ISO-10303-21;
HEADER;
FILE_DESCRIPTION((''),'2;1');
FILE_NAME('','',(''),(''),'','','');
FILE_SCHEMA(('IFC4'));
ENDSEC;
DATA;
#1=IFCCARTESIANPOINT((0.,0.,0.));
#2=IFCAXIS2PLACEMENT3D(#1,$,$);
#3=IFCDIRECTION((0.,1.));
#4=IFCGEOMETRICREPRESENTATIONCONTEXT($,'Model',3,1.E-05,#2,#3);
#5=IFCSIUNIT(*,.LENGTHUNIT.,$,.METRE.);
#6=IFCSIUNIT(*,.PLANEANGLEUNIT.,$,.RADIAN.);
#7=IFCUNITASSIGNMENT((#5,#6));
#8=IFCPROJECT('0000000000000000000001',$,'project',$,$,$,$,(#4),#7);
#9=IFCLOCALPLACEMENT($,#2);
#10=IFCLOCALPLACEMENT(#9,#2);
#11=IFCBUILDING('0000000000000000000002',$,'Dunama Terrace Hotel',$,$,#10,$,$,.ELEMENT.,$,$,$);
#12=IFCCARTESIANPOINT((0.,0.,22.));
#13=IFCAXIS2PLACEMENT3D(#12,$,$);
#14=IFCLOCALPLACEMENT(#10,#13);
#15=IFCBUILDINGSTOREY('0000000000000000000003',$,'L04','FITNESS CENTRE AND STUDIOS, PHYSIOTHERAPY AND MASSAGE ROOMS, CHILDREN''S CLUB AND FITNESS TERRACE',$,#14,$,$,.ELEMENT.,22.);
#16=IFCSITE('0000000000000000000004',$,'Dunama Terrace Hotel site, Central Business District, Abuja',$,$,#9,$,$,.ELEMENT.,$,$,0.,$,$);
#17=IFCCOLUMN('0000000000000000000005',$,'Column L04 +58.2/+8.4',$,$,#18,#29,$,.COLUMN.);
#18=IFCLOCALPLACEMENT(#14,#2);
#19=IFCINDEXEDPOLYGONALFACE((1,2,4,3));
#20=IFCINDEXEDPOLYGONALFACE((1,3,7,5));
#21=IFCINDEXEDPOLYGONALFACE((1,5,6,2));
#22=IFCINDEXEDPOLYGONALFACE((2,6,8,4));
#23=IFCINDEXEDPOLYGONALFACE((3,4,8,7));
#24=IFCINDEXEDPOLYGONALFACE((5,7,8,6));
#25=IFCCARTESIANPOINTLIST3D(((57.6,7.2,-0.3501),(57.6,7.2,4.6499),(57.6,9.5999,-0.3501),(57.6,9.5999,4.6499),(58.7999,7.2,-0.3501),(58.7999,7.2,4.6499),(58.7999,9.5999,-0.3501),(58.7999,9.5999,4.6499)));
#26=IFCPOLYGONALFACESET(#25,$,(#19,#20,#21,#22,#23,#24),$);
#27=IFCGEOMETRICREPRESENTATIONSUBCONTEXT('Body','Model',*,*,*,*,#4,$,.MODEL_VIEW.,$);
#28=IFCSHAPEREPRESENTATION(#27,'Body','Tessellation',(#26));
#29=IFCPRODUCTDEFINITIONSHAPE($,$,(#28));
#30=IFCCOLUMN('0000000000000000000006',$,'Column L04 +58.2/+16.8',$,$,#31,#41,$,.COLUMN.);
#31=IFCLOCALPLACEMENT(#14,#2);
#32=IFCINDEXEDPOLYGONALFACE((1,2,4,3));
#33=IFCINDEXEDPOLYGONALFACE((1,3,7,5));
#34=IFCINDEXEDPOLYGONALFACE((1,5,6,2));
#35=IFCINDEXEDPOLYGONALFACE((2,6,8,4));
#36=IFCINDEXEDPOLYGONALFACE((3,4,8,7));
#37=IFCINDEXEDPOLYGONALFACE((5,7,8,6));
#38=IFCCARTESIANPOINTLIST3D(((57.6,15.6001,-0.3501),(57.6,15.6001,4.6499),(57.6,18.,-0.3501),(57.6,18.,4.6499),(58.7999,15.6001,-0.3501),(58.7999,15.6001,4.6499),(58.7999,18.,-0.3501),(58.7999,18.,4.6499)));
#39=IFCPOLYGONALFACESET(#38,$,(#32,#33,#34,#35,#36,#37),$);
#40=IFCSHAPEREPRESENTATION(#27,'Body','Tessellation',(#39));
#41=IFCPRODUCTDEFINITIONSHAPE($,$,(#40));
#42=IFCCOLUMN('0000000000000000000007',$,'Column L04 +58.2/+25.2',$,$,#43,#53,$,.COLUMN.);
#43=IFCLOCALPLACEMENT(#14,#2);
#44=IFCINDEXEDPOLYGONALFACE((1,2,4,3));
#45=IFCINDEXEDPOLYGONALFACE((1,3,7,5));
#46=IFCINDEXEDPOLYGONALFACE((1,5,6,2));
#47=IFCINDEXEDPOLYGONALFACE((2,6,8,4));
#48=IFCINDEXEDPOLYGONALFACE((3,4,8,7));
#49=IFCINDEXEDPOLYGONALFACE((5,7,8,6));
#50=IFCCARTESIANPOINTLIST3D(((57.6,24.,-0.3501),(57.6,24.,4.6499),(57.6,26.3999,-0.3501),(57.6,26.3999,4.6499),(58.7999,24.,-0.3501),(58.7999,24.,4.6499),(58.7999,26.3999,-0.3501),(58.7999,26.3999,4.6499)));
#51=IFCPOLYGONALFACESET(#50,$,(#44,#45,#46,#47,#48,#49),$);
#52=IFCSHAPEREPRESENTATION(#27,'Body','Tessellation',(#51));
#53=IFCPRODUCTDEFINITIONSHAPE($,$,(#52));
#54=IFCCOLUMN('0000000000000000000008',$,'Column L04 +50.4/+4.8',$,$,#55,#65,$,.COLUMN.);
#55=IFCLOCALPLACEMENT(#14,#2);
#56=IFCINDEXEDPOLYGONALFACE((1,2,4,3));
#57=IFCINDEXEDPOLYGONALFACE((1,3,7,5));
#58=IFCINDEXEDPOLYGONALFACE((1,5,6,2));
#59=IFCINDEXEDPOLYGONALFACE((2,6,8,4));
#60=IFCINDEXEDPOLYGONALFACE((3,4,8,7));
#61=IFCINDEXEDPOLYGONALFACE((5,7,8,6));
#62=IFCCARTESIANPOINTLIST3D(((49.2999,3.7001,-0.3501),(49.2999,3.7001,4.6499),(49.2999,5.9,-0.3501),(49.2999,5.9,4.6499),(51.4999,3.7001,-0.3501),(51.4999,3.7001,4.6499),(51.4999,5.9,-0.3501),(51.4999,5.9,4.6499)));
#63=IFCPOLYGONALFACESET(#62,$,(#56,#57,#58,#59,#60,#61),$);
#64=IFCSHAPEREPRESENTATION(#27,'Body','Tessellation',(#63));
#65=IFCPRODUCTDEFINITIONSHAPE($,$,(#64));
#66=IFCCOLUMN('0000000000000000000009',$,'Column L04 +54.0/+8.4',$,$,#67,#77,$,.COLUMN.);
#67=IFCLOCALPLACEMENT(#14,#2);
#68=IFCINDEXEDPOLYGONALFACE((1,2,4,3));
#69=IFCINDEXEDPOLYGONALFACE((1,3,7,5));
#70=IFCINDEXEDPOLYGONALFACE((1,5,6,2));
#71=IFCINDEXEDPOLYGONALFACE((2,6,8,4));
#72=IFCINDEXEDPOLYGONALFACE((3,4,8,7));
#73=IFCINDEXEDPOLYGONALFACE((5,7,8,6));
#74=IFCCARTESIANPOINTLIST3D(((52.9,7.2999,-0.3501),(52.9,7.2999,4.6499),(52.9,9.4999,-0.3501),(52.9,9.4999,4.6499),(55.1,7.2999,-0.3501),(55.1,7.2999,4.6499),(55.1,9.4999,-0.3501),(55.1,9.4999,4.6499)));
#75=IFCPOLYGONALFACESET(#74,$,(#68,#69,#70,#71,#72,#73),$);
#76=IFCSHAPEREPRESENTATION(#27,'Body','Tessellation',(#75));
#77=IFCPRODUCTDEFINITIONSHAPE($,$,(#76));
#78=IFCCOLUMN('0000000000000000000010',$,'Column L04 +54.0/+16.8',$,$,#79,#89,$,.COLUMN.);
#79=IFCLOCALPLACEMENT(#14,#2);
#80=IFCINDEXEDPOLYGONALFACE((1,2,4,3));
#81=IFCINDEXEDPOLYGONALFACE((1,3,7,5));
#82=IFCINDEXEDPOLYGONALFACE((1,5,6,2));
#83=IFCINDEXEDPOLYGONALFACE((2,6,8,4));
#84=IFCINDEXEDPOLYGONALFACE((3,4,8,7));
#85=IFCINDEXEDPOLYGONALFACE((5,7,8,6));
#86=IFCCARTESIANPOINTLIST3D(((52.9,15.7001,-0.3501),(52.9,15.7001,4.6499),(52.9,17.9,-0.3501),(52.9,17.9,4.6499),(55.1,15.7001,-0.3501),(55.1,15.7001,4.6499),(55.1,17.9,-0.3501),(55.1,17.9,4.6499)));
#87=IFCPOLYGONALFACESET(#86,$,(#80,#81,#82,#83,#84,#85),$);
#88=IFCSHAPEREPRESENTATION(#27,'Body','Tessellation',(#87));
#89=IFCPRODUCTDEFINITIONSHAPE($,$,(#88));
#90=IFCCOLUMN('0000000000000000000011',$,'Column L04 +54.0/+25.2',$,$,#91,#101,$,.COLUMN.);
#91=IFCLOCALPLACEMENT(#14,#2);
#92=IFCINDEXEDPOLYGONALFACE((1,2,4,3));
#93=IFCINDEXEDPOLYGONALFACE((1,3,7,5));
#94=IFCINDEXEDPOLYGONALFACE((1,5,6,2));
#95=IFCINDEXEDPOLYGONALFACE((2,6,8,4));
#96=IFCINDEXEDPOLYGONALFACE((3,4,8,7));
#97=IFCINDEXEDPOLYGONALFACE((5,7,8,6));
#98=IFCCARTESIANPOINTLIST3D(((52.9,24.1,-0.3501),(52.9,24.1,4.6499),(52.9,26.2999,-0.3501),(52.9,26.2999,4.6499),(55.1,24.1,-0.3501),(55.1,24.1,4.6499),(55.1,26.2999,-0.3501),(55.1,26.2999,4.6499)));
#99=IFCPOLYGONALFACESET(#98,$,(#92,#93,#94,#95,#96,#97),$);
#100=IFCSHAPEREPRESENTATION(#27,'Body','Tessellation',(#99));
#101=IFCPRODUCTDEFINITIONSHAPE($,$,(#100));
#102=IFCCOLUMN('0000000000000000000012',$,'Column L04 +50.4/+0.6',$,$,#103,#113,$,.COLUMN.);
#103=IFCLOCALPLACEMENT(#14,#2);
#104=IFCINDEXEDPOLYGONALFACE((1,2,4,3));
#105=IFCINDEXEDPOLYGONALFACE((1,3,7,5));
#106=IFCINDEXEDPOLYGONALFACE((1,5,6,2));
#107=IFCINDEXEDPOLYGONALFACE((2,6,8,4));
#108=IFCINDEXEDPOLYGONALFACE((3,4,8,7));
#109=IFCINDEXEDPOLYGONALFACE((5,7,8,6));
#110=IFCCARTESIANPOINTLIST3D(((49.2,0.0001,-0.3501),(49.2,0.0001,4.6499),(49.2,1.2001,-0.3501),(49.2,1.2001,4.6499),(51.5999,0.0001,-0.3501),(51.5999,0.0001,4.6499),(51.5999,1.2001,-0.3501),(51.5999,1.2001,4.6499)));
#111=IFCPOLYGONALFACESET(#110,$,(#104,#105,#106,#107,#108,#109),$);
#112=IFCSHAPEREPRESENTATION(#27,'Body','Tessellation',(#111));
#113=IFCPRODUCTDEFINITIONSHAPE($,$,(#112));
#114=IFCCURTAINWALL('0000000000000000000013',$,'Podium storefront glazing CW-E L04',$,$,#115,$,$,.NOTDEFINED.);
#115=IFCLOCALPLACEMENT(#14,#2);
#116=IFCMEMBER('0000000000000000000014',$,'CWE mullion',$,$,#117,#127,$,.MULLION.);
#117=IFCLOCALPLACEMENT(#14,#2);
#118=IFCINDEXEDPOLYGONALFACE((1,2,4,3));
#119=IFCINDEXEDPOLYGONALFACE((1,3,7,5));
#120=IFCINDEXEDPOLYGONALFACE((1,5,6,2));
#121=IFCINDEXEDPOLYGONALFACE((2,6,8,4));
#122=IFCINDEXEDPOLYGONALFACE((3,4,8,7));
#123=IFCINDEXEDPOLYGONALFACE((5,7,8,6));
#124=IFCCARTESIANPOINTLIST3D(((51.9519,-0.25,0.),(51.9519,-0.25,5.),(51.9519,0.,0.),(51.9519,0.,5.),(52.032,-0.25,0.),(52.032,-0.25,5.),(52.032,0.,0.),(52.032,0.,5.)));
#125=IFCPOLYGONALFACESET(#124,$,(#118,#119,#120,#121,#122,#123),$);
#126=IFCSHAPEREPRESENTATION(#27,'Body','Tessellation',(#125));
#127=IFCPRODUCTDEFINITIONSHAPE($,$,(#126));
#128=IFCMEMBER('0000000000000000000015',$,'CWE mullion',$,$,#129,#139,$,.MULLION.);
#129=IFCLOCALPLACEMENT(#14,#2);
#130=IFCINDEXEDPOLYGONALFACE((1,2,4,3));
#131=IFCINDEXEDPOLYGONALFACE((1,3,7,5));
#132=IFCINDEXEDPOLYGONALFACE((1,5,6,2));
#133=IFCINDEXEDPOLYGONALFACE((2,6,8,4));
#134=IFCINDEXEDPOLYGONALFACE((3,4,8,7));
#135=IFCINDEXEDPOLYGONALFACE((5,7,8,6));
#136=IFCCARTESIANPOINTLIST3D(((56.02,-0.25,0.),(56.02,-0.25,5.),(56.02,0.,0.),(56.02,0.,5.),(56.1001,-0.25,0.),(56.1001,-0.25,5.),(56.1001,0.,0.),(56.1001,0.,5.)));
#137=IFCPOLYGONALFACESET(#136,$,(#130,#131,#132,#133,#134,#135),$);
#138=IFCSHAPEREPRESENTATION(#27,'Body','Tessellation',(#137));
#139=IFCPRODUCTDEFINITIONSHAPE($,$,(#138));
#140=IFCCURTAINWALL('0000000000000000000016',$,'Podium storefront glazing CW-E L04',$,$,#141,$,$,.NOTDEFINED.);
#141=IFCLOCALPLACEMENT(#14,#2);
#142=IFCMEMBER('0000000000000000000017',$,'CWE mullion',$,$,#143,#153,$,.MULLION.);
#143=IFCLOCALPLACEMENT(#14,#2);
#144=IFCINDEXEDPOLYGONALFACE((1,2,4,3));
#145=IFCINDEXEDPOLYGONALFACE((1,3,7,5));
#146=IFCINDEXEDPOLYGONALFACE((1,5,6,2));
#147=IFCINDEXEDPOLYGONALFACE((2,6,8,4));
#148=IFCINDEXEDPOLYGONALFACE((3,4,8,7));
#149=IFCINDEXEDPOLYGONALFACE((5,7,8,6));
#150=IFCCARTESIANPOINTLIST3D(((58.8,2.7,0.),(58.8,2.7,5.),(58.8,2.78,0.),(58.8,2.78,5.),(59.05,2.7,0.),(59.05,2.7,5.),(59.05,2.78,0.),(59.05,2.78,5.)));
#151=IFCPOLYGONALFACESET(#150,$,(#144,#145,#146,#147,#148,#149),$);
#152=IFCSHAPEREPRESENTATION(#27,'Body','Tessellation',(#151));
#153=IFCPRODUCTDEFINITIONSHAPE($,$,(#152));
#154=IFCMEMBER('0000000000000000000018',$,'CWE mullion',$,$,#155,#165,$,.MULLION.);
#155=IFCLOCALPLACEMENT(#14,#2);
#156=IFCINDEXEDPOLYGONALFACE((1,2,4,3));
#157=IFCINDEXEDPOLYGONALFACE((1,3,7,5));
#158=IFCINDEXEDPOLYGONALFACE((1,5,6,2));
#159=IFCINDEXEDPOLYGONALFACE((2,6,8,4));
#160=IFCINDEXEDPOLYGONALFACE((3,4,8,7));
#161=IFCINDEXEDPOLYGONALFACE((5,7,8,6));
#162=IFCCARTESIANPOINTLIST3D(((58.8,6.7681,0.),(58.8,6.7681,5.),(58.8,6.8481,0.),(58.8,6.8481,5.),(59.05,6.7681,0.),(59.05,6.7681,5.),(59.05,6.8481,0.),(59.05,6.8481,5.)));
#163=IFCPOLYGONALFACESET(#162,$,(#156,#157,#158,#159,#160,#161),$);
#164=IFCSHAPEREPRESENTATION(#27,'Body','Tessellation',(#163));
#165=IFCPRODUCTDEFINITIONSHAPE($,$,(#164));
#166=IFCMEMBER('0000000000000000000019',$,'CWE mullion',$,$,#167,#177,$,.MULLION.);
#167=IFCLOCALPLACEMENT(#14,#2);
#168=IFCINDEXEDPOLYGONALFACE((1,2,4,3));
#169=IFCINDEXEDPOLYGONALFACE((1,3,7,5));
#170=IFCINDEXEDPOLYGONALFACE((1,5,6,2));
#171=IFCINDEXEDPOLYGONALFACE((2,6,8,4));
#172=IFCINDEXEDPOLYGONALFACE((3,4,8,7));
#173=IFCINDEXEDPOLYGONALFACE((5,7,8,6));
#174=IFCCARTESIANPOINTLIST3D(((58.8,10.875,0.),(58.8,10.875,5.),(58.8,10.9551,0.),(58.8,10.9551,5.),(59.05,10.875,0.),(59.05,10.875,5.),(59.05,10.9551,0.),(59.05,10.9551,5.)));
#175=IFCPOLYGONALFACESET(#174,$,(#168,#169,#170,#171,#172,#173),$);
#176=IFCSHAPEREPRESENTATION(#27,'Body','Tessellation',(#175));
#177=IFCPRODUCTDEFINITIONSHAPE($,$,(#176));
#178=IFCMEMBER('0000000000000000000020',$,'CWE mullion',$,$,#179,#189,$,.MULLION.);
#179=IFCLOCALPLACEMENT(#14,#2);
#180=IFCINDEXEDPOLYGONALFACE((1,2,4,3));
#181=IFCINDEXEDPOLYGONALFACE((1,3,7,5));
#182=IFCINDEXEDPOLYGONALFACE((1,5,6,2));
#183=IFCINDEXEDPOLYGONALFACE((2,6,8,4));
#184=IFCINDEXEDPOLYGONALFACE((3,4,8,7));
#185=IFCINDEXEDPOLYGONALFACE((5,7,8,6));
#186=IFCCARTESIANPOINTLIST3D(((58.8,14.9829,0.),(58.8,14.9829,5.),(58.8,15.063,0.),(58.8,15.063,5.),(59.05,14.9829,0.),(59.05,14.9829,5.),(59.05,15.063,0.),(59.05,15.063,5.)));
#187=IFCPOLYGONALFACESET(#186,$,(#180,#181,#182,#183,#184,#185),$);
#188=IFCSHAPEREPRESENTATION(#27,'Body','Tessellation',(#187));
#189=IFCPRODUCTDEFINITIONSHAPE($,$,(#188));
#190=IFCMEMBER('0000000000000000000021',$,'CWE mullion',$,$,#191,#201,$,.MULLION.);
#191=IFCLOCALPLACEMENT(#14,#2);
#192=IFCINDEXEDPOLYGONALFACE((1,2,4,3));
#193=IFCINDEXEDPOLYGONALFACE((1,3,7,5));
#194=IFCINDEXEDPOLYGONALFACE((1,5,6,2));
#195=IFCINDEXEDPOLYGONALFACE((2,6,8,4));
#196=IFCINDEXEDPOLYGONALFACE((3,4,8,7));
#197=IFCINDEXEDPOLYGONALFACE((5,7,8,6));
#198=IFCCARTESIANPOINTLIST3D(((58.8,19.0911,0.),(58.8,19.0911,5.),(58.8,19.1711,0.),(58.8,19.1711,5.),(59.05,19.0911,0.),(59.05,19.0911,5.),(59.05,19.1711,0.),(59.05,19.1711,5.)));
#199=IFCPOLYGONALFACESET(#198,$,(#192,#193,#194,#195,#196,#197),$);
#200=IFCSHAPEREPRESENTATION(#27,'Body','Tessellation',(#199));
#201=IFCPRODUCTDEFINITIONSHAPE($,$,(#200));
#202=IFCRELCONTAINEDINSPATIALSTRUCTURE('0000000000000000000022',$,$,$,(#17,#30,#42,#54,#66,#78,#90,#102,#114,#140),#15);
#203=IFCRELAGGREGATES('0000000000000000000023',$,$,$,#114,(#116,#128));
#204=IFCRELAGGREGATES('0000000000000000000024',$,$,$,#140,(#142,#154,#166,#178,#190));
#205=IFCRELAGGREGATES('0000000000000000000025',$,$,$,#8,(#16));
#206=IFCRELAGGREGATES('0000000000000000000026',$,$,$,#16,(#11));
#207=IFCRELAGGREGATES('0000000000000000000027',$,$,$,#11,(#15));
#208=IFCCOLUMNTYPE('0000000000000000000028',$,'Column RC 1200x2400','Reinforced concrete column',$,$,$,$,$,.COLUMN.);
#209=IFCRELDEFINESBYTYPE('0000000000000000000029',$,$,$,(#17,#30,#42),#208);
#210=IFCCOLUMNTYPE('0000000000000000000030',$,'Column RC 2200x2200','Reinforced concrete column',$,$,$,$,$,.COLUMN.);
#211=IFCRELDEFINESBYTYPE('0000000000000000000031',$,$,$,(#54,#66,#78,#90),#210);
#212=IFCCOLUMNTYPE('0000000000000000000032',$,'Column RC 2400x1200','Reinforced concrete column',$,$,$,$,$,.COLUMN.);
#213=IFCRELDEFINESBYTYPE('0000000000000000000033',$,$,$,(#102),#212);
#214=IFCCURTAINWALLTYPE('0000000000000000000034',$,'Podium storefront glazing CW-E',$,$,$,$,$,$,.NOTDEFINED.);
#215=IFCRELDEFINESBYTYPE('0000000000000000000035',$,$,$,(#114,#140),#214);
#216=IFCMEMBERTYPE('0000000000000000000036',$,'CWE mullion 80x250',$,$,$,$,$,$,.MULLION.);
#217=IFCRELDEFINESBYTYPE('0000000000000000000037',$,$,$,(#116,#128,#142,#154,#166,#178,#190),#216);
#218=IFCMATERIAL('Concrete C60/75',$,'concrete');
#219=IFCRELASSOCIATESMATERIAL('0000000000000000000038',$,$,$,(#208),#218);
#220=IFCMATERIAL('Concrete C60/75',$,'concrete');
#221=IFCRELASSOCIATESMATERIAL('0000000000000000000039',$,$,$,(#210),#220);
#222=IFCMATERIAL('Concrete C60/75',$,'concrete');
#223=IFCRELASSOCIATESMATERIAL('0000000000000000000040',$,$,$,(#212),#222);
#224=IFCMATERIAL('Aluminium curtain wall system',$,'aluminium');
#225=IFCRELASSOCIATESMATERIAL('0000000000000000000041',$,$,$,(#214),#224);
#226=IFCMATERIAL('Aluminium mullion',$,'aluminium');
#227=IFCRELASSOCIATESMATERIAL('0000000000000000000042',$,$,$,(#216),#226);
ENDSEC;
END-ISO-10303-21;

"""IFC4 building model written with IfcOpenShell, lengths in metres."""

from ifc_helpers import new_model, si_unit, direction, frame, origin, origin_2d, place, context, subcontext, project, spatial, rectangle, extrude, material, material_profile, profile_set, type_object, element, aggregate, save


model = new_model("IFC4")

# Units and contexts
model_context = context("Model", 3, precision=1e-05, world=origin(), true_north=direction((0.0, 1.0)))
body_context = subcontext(model_context, "Body", "Model", "MODEL_VIEW")
ifc_project = project(units=[si_unit("LENGTHUNIT", "METRE"), si_unit("PLANEANGLEUNIT", "RADIAN")], contexts=[model_context])

# Site, building, storey
site_placement = place(None, origin())
site = spatial("IfcSite", under=ifc_project, at=site_placement, Name="Dunama Terrace Hotel site, Central Business District, Abuja", CompositionType="ELEMENT", RefElevation=0.0)
building_placement = place(site_placement, origin())
building = spatial("IfcBuilding", under=site, at=building_placement, Name="Dunama Terrace Hotel", CompositionType="ELEMENT")
storey_placement = place(building_placement, frame((0.0, 0.0, 22.0)))
storey = spatial("IfcBuildingStorey", under=building, at=storey_placement, Name="L04", Description="FITNESS CENTRE AND STUDIOS, PHYSIOTHERAPY AND MASSAGE ROOMS, CHILDREN'S CLUB AND FITNESS TERRACE", CompositionType="ELEMENT", Elevation=22.0)

# Columns
ifc_material_1 = material(Name="Concrete C60/75", Category="concrete")
ifc_material_profile_1 = material_profile(ifc_material_1, rectangle(XDim=1.2, YDim=2.3999, at=origin_2d()), Name="RC 1200x2400")
ifc_profile_set_1 = profile_set([ifc_material_profile_1], Name="Concrete C60/75")
column_type_1 = type_object("IfcColumnType", Name="Column RC 1200x2400", Description="Reinforced concrete column", PredefinedType="COLUMN", material=ifc_profile_set_1)
for number, where, z_axis, x_axis, name in (
    (1, (58.2, 8.3999, -0.3501), (0.0, 0.0, 1.0), (1.0, 0.0, 0.0), "Column L04 +58.2/+8.4"),
    (2, (58.2, 16.8, -0.3501), (0.0, 0.0, 1.0), (1.0, 0.0, 0.0), "Column L04 +58.2/+16.8"),
    (3, (58.2, 25.2, -0.3501), (0.0, 0.0, 1.0), (1.0, 0.0, 0.0), "Column L04 +58.2/+25.2"),
):
    element("IfcColumn", number, at=place(storey_placement, frame(where, z_axis=z_axis, x_axis=x_axis)), inside=storey, type_object=column_type_1, Name=name, PredefinedType="COLUMN", context=body_context, shape_type="SweptSolid", body=[
        extrude(rectangle(XDim=1.2, YDim=2.3999, at=origin_2d()), origin(), (0.0, 0.0, 1.0), 5.0),
    ])
ifc_material_2 = material(Name="Concrete C60/75", Category="concrete")
ifc_material_profile_2 = material_profile(ifc_material_2, rectangle(XDim=2.2, YDim=2.2, at=origin_2d()), Name="RC 2200x2200")
ifc_profile_set_2 = profile_set([ifc_material_profile_2], Name="Concrete C60/75")
column_type_2 = type_object("IfcColumnType", Name="Column RC 2200x2200", Description="Reinforced concrete column", PredefinedType="COLUMN", material=ifc_profile_set_2)
for number, where, z_axis, x_axis, name in (
    (4, (50.3999, 4.8, -0.3501), (0.0, 0.0, 1.0), (1.0, 0.0, 0.0), "Column L04 +50.4/+4.8"),
    (5, (54.0, 8.3999, -0.3501), (0.0, 0.0, 1.0), (1.0, 0.0, 0.0), "Column L04 +54.0/+8.4"),
    (6, (54.0, 16.8, -0.3501), (0.0, 0.0, 1.0), (1.0, 0.0, 0.0), "Column L04 +54.0/+16.8"),
    (7, (54.0, 25.2, -0.3501), (0.0, 0.0, 1.0), (1.0, 0.0, 0.0), "Column L04 +54.0/+25.2"),
):
    element("IfcColumn", number, at=place(storey_placement, frame(where, z_axis=z_axis, x_axis=x_axis)), inside=storey, type_object=column_type_2, Name=name, PredefinedType="COLUMN", context=body_context, shape_type="SweptSolid", body=[
        extrude(rectangle(XDim=2.2, YDim=2.2, at=origin_2d()), origin(), (0.0, 0.0, 1.0), 5.0),
    ])
ifc_material_3 = material(Name="Concrete C60/75", Category="concrete")
ifc_material_profile_3 = material_profile(ifc_material_3, rectangle(XDim=2.3999, YDim=1.2, at=origin_2d()), Name="RC 2400x1200")
ifc_profile_set_3 = profile_set([ifc_material_profile_3], Name="Concrete C60/75")
column_type_3 = type_object("IfcColumnType", Name="Column RC 2400x1200", Description="Reinforced concrete column", PredefinedType="COLUMN", material=ifc_profile_set_3)
column_placement = place(storey_placement, frame((50.3999, 0.6001, -0.3501), z_axis=(0.0, 0.0, 1.0), x_axis=(1.0, 0.0, 0.0)))
element("IfcColumn", 8, at=column_placement, inside=storey, type_object=column_type_3, Name="Column L04 +50.4/+0.6", PredefinedType="COLUMN", context=body_context, shape_type="SweptSolid", body=[
    extrude(rectangle(XDim=2.3999, YDim=1.2, at=origin_2d()), origin(), (0.0, 0.0, 1.0), 5.0),
])

# Curtain walls, members
ifc_material_4 = material(Name="Aluminium curtain wall system", Category="aluminium")
curtain_wall_type = type_object("IfcCurtainWallType", Name="Podium storefront glazing CW-E", PredefinedType="NOTDEFINED", material=ifc_material_4)
curtain_wall_1_placement = place(storey_placement, origin())
curtain_wall_1 = element("IfcCurtainWall", 9, at=curtain_wall_1_placement, inside=storey, type_object=curtain_wall_type, Name="Podium storefront glazing CW-E L04", PredefinedType="NOTDEFINED")
ifc_material_5 = material(Name="Aluminium mullion", Category="aluminium")
ifc_material_profile_4 = material_profile(ifc_material_5, rectangle(XDim=0.0801, YDim=0.25, at=origin_2d()), Name="CWE MULLION 80X250")
ifc_profile_set_4 = profile_set([ifc_material_profile_4], Name="Aluminium mullion")
member_type_1 = type_object("IfcMemberType", Name="CWE mullion 80x250", PredefinedType="MULLION", material=ifc_profile_set_4)
member_1_placement = place(storey_placement, frame((51.9919, -0.125, 0.0), z_axis=(0.0, 0.0, 1.0), x_axis=(1.0, 0.0, 0.0)))
member_1 = element("IfcMember", 10, at=member_1_placement, type_object=member_type_1, Name="CWE mullion", PredefinedType="MULLION", context=body_context, shape_type="SweptSolid", body=[
    extrude(rectangle(XDim=0.0801, YDim=0.25, at=origin_2d()), origin(), (0.0, 0.0, 1.0), 5.0),
])
member_2_placement = place(storey_placement, frame((56.0601, -0.125, 0.0), z_axis=(0.0, 0.0, 1.0), x_axis=(1.0, 0.0, 0.0)))
member_2 = element("IfcMember", 11, at=member_2_placement, type_object=member_type_1, Name="CWE mullion", PredefinedType="MULLION", context=body_context, shape_type="SweptSolid", body=[
    extrude(rectangle(XDim=0.0801, YDim=0.25, at=origin_2d()), origin(), (0.0, 0.0, 1.0), 5.0),
])
curtain_wall_2_placement = place(storey_placement, origin())
curtain_wall_2 = element("IfcCurtainWall", 12, at=curtain_wall_2_placement, inside=storey, type_object=curtain_wall_type, Name="Podium storefront glazing CW-E L04", PredefinedType="NOTDEFINED")
member_3_placement = place(storey_placement, frame((58.925, 2.74, 0.0), z_axis=(0.0, 0.0, 1.0), x_axis=(0.0, 1.0, 0.0)))
member_3 = element("IfcMember", 13, at=member_3_placement, type_object=member_type_1, Name="CWE mullion", PredefinedType="MULLION", context=body_context, shape_type="SweptSolid", body=[
    extrude(rectangle(XDim=0.0801, YDim=0.25, at=origin_2d()), origin(), (0.0, 0.0, 1.0), 5.0),
])
member_4_placement = place(storey_placement, frame((58.925, 6.8081, 0.0), z_axis=(0.0, 0.0, 1.0), x_axis=(0.0, 1.0, 0.0)))
member_4 = element("IfcMember", 14, at=member_4_placement, type_object=member_type_1, Name="CWE mullion", PredefinedType="MULLION", context=body_context, shape_type="SweptSolid", body=[
    extrude(rectangle(XDim=0.0801, YDim=0.25, at=origin_2d()), origin(), (0.0, 0.0, 1.0), 5.0),
])
member_5_placement = place(storey_placement, frame((58.925, 10.915, 0.0), z_axis=(0.0, 0.0, 1.0), x_axis=(0.0, 1.0, 0.0)))
member_5 = element("IfcMember", 15, at=member_5_placement, type_object=member_type_1, Name="CWE mullion", PredefinedType="MULLION", context=body_context, shape_type="SweptSolid", body=[
    extrude(rectangle(XDim=0.0801, YDim=0.25, at=origin_2d()), origin(), (0.0, 0.0, 1.0), 5.0),
])
member_6_placement = place(storey_placement, frame((58.925, 15.0229, 0.0), z_axis=(0.0, 0.0, 1.0), x_axis=(0.0, 1.0, 0.0)))
member_6 = element("IfcMember", 16, at=member_6_placement, type_object=member_type_1, Name="CWE mullion", PredefinedType="MULLION", context=body_context, shape_type="SweptSolid", body=[
    extrude(rectangle(XDim=0.0801, YDim=0.25, at=origin_2d()), origin(), (0.0, 0.0, 1.0), 5.0),
])
member_7_placement = place(storey_placement, frame((58.925, 19.1311, 0.0), z_axis=(0.0, 0.0, 1.0), x_axis=(0.0, 1.0, 0.0)))
member_7 = element("IfcMember", 17, at=member_7_placement, type_object=member_type_1, Name="CWE mullion", PredefinedType="MULLION", context=body_context, shape_type="SweptSolid", body=[
    extrude(rectangle(XDim=0.0801, YDim=0.25, at=origin_2d()), origin(), (0.0, 0.0, 1.0), 5.0),
])

aggregate(curtain_wall_1, [member_1, member_2])
aggregate(curtain_wall_2, [member_3, member_4, member_5, member_6, member_7])

save(model, "model.ifc")
